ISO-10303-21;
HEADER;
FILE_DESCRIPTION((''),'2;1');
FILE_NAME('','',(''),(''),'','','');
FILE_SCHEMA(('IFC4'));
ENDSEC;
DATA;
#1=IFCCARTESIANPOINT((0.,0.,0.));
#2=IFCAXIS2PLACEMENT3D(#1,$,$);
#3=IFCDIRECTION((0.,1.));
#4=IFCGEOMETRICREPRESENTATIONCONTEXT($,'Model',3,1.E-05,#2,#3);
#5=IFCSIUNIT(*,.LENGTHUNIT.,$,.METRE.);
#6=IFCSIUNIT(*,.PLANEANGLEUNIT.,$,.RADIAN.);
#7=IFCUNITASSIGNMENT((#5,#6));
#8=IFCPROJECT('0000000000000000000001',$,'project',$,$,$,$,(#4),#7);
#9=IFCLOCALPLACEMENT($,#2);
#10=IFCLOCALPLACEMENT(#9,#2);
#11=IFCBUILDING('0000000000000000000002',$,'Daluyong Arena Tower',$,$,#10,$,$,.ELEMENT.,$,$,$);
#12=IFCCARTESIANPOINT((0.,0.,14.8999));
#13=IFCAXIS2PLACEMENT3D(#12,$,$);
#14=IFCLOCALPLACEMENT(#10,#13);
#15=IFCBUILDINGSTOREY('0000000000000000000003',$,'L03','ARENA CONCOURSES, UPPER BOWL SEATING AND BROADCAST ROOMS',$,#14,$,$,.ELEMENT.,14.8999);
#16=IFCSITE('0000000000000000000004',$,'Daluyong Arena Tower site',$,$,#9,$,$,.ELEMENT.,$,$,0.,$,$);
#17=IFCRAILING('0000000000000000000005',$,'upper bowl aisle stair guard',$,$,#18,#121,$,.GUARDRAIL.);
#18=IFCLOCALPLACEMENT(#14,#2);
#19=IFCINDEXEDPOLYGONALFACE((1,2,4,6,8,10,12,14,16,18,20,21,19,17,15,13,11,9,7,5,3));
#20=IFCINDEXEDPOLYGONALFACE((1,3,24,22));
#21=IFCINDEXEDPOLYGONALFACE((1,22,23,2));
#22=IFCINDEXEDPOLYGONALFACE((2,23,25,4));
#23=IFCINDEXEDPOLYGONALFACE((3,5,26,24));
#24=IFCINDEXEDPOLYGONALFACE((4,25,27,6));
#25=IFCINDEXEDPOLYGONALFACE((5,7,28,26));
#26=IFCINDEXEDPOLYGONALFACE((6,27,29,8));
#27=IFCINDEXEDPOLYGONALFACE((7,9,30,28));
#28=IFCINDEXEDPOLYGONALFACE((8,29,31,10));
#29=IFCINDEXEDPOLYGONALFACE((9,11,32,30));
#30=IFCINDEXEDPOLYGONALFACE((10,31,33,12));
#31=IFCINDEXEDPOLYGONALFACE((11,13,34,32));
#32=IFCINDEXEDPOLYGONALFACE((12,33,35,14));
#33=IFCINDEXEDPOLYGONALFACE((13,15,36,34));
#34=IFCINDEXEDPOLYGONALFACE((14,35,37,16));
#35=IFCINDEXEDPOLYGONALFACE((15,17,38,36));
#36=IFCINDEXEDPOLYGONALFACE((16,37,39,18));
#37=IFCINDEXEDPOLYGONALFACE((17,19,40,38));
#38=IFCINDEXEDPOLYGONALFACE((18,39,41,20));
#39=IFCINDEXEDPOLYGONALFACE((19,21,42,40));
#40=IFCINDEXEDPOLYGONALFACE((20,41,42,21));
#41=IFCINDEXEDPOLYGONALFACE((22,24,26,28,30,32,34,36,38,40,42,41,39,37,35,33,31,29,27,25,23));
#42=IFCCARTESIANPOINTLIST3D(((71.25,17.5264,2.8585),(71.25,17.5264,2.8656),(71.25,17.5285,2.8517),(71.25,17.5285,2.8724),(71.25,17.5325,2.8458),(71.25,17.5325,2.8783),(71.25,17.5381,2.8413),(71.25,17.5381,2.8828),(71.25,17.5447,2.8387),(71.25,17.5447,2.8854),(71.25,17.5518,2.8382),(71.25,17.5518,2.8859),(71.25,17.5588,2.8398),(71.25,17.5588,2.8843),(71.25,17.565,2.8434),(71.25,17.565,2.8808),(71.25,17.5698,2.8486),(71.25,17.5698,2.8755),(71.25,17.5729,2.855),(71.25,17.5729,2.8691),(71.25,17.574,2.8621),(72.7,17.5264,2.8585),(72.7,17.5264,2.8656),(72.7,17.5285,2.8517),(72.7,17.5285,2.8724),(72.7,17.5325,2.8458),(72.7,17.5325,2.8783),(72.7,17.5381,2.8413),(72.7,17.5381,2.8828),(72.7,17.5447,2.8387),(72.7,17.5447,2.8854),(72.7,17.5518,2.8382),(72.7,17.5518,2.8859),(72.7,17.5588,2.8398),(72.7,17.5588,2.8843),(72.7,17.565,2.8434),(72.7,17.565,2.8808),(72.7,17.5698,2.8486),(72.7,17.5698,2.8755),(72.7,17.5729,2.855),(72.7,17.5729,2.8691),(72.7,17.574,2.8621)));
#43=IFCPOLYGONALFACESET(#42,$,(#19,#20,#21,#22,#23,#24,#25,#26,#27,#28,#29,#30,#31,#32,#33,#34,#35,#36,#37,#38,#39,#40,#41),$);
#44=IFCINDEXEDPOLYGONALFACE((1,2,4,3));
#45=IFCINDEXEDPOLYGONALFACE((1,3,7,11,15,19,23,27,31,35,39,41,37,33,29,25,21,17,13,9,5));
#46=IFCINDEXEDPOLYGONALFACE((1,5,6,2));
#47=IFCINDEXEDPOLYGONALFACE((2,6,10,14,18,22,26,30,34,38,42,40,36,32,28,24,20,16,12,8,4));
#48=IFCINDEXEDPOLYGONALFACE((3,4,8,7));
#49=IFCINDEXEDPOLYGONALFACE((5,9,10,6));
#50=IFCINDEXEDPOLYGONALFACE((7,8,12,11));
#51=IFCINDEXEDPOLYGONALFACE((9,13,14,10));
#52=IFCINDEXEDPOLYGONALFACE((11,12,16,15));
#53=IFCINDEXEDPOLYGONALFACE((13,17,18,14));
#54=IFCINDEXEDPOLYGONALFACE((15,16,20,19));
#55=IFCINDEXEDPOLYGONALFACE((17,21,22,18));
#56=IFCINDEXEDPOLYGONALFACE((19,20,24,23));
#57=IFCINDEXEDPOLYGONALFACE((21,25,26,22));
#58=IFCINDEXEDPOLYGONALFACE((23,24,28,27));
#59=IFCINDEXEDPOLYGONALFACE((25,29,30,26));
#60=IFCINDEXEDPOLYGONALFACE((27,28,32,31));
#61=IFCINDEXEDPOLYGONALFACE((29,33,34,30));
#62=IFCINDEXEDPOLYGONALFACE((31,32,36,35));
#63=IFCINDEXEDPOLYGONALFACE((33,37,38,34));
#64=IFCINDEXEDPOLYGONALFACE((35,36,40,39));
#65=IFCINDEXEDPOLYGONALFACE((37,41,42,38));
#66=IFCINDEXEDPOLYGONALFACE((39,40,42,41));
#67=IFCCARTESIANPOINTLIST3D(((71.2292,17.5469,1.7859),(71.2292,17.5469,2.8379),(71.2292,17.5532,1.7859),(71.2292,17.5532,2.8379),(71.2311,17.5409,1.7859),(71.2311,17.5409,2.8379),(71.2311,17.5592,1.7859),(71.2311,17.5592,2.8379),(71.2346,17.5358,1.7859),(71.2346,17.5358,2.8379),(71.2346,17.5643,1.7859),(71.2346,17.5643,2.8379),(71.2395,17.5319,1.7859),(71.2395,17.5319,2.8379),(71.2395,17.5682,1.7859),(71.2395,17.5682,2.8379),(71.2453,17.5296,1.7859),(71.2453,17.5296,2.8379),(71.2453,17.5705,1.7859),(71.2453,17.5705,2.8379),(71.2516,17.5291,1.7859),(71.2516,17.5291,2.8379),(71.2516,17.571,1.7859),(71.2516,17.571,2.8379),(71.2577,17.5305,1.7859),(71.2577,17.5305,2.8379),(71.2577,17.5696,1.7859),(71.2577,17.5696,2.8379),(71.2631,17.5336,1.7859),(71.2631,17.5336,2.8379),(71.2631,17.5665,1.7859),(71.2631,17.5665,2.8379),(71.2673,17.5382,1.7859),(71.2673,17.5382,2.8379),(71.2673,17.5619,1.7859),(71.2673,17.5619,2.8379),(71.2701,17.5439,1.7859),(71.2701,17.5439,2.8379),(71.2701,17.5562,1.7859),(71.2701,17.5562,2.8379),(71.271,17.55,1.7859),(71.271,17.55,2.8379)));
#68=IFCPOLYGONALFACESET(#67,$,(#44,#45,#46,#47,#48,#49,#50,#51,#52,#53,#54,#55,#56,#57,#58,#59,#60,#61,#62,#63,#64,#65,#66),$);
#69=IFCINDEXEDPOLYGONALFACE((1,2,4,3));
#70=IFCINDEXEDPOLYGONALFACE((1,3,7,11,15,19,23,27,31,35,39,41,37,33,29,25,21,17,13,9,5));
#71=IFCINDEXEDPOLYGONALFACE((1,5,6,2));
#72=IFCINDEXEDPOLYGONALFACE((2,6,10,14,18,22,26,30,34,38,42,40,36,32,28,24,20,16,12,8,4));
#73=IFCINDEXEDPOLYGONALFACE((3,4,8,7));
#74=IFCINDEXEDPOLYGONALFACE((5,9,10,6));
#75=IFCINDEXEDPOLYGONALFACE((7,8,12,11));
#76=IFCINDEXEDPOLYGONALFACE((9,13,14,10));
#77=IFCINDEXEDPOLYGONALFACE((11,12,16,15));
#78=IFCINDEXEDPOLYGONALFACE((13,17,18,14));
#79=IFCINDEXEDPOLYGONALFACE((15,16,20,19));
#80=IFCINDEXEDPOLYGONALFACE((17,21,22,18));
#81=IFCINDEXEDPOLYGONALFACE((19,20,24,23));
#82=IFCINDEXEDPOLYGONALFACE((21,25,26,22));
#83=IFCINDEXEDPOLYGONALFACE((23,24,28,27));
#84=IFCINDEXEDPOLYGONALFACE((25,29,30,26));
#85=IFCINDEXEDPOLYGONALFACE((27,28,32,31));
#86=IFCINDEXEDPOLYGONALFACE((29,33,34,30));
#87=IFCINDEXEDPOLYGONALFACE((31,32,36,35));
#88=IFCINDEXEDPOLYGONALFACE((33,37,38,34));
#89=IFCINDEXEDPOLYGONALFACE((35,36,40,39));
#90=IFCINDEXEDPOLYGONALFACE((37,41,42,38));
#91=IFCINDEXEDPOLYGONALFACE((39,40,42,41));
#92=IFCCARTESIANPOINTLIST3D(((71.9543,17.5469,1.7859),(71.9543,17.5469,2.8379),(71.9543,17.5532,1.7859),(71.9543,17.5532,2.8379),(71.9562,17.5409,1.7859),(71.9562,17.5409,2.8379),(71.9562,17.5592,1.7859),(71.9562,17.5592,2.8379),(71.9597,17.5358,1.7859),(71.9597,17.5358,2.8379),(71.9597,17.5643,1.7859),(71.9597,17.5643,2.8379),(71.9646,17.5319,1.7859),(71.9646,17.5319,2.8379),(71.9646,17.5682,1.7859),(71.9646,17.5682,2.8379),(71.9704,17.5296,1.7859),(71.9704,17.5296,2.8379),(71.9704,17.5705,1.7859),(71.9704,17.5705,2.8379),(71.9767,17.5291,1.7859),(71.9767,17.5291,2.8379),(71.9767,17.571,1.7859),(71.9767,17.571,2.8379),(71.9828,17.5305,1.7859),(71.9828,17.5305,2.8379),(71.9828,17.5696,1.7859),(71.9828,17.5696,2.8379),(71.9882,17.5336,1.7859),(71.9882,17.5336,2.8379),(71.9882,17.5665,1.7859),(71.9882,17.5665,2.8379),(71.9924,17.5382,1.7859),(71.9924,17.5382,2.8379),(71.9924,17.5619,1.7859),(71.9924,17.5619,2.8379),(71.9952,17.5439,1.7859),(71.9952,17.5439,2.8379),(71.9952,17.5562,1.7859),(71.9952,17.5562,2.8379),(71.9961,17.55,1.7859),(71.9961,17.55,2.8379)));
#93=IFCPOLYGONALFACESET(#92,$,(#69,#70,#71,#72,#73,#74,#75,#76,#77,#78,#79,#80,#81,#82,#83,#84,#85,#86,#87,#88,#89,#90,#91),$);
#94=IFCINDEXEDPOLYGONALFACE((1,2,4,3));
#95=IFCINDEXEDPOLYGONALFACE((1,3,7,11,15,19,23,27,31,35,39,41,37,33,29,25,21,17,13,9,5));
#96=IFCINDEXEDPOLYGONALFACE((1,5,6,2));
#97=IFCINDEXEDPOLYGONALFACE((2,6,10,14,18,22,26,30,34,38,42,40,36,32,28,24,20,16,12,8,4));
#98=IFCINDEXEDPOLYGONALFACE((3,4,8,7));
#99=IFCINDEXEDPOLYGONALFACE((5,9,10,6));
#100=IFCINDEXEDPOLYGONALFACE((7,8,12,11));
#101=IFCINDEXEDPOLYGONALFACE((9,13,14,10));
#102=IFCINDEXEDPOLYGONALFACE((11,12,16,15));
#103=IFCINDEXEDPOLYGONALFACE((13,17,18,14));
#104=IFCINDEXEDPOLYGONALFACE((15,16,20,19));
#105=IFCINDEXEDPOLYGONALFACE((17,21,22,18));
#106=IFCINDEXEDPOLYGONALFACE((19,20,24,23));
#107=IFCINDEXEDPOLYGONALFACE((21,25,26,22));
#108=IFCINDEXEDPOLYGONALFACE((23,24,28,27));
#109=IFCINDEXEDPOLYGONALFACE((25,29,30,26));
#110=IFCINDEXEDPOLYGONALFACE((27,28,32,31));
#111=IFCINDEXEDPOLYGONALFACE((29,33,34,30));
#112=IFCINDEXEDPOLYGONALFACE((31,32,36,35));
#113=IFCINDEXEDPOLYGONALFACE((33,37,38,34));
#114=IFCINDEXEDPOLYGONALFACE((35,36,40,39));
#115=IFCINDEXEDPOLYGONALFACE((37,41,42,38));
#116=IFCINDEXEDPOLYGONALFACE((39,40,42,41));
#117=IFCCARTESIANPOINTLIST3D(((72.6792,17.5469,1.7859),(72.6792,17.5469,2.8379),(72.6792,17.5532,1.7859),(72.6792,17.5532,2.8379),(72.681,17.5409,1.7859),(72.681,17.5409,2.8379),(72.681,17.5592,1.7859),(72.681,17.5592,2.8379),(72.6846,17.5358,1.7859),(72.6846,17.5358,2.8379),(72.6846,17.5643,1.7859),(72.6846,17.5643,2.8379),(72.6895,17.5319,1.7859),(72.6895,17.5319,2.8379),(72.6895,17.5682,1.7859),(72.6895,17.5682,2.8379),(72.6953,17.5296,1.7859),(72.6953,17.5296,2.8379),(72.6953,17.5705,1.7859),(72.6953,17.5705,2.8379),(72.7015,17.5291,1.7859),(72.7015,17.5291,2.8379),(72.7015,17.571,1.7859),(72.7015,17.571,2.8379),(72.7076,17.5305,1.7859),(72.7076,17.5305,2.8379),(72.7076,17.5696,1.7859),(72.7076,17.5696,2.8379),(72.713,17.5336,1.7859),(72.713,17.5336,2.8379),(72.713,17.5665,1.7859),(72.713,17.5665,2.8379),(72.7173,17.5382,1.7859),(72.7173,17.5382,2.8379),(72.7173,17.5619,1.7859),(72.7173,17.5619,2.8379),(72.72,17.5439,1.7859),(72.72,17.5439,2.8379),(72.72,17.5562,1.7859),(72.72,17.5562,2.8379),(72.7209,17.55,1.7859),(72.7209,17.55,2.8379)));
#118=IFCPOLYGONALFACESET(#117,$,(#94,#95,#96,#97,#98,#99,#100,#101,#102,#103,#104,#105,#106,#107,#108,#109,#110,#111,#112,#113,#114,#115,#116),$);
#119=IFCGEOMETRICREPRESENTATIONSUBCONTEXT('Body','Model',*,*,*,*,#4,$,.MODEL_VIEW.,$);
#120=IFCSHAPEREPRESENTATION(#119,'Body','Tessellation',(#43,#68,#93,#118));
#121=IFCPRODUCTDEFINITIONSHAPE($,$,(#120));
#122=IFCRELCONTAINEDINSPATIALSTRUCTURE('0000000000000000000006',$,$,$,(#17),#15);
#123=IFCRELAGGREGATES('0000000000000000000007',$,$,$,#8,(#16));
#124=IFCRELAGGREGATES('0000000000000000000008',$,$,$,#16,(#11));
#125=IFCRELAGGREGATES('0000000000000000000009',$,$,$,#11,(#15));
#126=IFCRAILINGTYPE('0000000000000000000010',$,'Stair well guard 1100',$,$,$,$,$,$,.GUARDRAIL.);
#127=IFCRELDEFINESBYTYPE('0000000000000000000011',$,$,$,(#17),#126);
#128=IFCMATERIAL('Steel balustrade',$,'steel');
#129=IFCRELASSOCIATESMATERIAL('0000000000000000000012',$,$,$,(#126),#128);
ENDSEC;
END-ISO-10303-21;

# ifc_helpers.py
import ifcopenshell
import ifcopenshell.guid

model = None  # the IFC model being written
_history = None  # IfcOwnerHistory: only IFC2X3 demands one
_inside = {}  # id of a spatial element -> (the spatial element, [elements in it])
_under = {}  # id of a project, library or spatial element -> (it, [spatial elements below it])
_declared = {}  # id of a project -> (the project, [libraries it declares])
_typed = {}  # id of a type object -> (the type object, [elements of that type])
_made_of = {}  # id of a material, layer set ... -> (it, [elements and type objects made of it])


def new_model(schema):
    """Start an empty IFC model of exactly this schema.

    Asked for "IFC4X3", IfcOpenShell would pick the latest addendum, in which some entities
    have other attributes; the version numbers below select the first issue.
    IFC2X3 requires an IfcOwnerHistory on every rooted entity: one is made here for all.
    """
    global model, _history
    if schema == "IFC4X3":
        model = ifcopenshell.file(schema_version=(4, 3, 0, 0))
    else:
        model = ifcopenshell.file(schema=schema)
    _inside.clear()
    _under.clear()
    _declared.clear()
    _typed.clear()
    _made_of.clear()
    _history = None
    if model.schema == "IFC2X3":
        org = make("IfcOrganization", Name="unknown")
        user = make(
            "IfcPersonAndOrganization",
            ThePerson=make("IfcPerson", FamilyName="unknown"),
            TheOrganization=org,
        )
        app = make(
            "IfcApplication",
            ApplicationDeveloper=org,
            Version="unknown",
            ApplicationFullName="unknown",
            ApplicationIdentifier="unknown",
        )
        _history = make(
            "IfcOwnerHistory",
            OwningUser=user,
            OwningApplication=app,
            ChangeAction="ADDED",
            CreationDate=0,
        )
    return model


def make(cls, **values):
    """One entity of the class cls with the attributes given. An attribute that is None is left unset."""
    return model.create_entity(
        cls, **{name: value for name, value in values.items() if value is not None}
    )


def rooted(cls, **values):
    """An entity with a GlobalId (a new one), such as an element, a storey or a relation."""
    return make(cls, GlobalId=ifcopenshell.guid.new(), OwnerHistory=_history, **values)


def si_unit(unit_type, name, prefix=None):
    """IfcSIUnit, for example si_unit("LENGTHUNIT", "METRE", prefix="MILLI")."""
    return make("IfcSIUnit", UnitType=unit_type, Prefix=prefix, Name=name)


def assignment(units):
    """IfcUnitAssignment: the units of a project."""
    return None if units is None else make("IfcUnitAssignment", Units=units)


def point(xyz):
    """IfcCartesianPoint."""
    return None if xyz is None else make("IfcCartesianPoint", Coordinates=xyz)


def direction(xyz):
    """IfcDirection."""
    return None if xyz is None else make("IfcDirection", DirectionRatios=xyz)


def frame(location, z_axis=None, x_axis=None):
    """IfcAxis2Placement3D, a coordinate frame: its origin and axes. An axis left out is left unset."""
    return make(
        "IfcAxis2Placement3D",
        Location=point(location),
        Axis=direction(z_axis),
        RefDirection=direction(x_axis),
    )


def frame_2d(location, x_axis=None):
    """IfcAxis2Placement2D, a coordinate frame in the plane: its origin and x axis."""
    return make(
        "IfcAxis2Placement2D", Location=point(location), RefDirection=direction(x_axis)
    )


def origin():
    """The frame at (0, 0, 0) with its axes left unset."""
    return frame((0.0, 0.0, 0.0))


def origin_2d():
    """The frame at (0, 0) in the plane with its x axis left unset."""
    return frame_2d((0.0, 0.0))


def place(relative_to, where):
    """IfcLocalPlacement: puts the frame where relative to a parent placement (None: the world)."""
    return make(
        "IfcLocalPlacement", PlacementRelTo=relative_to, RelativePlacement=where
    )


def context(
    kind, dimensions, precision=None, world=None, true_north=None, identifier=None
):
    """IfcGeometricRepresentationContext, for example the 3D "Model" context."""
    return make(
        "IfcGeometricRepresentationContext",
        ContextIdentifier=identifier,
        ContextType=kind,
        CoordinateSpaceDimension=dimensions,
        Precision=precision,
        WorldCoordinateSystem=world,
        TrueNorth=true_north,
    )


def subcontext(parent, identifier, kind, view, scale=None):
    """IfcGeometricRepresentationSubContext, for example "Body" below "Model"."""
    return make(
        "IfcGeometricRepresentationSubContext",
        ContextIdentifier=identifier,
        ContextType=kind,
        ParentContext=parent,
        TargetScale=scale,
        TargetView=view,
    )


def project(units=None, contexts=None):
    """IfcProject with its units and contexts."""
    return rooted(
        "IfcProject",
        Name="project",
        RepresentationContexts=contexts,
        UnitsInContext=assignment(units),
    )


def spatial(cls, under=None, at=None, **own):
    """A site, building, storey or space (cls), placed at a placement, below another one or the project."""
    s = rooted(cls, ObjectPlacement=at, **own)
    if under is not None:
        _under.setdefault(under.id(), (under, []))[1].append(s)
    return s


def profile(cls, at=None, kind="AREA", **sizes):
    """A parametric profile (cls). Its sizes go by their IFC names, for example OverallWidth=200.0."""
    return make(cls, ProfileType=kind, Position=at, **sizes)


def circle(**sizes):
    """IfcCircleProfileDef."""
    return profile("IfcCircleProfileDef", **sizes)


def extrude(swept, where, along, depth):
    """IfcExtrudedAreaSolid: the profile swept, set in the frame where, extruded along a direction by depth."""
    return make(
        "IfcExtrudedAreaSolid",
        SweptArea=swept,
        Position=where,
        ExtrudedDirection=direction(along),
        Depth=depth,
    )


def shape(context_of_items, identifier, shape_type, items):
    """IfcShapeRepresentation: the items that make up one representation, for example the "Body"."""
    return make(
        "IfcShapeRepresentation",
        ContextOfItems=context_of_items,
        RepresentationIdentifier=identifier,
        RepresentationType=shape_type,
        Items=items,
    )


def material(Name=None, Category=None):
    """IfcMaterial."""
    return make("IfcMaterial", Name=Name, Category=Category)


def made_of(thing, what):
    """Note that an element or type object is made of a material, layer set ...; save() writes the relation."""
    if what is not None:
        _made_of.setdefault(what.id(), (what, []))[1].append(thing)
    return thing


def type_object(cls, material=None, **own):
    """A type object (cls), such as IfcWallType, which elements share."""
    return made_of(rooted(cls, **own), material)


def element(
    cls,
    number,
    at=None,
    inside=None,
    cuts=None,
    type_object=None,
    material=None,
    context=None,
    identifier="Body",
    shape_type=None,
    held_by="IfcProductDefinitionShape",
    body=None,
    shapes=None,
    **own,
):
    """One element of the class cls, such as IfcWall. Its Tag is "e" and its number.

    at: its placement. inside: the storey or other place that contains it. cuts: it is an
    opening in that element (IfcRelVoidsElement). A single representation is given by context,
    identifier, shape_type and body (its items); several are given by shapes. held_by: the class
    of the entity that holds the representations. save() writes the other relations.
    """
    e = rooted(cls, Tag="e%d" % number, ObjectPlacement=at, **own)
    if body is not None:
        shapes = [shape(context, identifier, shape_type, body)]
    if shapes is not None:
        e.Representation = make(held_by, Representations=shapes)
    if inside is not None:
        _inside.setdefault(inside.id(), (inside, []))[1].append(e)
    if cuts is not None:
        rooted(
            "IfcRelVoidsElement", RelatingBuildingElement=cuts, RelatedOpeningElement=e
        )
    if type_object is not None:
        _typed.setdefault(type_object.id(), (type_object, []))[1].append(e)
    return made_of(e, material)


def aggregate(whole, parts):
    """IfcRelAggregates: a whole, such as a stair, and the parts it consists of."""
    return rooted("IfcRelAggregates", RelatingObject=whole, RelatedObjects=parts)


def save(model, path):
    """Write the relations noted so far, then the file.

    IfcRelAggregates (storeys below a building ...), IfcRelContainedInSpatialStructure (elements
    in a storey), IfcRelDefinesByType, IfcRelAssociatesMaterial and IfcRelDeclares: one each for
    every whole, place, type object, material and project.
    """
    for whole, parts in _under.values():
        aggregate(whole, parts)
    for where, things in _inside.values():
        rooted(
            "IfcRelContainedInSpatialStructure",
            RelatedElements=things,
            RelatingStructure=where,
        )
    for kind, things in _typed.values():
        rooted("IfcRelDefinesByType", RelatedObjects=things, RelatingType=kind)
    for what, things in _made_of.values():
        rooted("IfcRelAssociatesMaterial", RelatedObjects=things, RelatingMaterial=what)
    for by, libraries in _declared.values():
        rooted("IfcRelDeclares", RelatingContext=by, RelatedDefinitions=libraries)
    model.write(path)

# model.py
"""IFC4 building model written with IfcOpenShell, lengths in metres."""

from ifc_helpers import new_model, si_unit, direction, frame, origin, origin_2d, place, context, subcontext, project, spatial, circle, extrude, material, type_object, element, save


model = new_model("IFC4")

# Units and contexts
model_context = context("Model", 3, precision=1e-05, world=origin(), true_north=direction((0.0, 1.0)))
body_context = subcontext(model_context, "Body", "Model", "MODEL_VIEW")
ifc_project = project(units=[si_unit("LENGTHUNIT", "METRE"), si_unit("PLANEANGLEUNIT", "RADIAN")], contexts=[model_context])

# Site, building, storey
site_placement = place(None, origin())
site = spatial("IfcSite", under=ifc_project, at=site_placement, Name="Daluyong Arena Tower site", CompositionType="ELEMENT", RefElevation=0.0)
building_placement = place(site_placement, origin())
building = spatial("IfcBuilding", under=site, at=building_placement, Name="Daluyong Arena Tower", CompositionType="ELEMENT")
storey_placement = place(building_placement, frame((0.0, 0.0, 14.8999)))
storey = spatial("IfcBuildingStorey", under=building, at=storey_placement, Name="L03", Description="ARENA CONCOURSES, UPPER BOWL SEATING AND BROADCAST ROOMS", CompositionType="ELEMENT", Elevation=14.8999)

# Railing
ifc_material_1 = material(Name="Steel balustrade", Category="steel")
railing_type_1 = type_object("IfcRailingType", Name="Stair well guard 1100", PredefinedType="GUARDRAIL", material=ifc_material_1)
railing_1_placement = place(storey_placement, frame((71.25, 17.55, 1.7859)))
element("IfcRailing", 1, at=railing_1_placement, inside=storey, type_object=railing_type_1, Name="upper bowl aisle stair guard", PredefinedType="GUARDRAIL", context=body_context, shape_type="SweptSolid", body=[
    extrude(circle(Radius=0.0239, at=origin_2d()), frame((0.0, 0.0, 1.0762), z_axis=(1.0, 0.0, 0.0), x_axis=(0.0, 1.0, 0.0)), (0.0, 0.0, 1.0), 1.45),
    extrude(circle(Radius=0.021, at=origin_2d()), origin(), (0.0, 0.0, 1.0), 1.052),
    extrude(circle(Radius=0.021, at=origin_2d()), frame((0.7251, 0.0, 0.0)), (0.0, 0.0, 1.0), 1.052),
    extrude(circle(Radius=0.021, at=origin_2d()), frame((1.45, 0.0, 0.0)), (0.0, 0.0, 1.0), 1.052),
])

save(model, "model.ifc")
